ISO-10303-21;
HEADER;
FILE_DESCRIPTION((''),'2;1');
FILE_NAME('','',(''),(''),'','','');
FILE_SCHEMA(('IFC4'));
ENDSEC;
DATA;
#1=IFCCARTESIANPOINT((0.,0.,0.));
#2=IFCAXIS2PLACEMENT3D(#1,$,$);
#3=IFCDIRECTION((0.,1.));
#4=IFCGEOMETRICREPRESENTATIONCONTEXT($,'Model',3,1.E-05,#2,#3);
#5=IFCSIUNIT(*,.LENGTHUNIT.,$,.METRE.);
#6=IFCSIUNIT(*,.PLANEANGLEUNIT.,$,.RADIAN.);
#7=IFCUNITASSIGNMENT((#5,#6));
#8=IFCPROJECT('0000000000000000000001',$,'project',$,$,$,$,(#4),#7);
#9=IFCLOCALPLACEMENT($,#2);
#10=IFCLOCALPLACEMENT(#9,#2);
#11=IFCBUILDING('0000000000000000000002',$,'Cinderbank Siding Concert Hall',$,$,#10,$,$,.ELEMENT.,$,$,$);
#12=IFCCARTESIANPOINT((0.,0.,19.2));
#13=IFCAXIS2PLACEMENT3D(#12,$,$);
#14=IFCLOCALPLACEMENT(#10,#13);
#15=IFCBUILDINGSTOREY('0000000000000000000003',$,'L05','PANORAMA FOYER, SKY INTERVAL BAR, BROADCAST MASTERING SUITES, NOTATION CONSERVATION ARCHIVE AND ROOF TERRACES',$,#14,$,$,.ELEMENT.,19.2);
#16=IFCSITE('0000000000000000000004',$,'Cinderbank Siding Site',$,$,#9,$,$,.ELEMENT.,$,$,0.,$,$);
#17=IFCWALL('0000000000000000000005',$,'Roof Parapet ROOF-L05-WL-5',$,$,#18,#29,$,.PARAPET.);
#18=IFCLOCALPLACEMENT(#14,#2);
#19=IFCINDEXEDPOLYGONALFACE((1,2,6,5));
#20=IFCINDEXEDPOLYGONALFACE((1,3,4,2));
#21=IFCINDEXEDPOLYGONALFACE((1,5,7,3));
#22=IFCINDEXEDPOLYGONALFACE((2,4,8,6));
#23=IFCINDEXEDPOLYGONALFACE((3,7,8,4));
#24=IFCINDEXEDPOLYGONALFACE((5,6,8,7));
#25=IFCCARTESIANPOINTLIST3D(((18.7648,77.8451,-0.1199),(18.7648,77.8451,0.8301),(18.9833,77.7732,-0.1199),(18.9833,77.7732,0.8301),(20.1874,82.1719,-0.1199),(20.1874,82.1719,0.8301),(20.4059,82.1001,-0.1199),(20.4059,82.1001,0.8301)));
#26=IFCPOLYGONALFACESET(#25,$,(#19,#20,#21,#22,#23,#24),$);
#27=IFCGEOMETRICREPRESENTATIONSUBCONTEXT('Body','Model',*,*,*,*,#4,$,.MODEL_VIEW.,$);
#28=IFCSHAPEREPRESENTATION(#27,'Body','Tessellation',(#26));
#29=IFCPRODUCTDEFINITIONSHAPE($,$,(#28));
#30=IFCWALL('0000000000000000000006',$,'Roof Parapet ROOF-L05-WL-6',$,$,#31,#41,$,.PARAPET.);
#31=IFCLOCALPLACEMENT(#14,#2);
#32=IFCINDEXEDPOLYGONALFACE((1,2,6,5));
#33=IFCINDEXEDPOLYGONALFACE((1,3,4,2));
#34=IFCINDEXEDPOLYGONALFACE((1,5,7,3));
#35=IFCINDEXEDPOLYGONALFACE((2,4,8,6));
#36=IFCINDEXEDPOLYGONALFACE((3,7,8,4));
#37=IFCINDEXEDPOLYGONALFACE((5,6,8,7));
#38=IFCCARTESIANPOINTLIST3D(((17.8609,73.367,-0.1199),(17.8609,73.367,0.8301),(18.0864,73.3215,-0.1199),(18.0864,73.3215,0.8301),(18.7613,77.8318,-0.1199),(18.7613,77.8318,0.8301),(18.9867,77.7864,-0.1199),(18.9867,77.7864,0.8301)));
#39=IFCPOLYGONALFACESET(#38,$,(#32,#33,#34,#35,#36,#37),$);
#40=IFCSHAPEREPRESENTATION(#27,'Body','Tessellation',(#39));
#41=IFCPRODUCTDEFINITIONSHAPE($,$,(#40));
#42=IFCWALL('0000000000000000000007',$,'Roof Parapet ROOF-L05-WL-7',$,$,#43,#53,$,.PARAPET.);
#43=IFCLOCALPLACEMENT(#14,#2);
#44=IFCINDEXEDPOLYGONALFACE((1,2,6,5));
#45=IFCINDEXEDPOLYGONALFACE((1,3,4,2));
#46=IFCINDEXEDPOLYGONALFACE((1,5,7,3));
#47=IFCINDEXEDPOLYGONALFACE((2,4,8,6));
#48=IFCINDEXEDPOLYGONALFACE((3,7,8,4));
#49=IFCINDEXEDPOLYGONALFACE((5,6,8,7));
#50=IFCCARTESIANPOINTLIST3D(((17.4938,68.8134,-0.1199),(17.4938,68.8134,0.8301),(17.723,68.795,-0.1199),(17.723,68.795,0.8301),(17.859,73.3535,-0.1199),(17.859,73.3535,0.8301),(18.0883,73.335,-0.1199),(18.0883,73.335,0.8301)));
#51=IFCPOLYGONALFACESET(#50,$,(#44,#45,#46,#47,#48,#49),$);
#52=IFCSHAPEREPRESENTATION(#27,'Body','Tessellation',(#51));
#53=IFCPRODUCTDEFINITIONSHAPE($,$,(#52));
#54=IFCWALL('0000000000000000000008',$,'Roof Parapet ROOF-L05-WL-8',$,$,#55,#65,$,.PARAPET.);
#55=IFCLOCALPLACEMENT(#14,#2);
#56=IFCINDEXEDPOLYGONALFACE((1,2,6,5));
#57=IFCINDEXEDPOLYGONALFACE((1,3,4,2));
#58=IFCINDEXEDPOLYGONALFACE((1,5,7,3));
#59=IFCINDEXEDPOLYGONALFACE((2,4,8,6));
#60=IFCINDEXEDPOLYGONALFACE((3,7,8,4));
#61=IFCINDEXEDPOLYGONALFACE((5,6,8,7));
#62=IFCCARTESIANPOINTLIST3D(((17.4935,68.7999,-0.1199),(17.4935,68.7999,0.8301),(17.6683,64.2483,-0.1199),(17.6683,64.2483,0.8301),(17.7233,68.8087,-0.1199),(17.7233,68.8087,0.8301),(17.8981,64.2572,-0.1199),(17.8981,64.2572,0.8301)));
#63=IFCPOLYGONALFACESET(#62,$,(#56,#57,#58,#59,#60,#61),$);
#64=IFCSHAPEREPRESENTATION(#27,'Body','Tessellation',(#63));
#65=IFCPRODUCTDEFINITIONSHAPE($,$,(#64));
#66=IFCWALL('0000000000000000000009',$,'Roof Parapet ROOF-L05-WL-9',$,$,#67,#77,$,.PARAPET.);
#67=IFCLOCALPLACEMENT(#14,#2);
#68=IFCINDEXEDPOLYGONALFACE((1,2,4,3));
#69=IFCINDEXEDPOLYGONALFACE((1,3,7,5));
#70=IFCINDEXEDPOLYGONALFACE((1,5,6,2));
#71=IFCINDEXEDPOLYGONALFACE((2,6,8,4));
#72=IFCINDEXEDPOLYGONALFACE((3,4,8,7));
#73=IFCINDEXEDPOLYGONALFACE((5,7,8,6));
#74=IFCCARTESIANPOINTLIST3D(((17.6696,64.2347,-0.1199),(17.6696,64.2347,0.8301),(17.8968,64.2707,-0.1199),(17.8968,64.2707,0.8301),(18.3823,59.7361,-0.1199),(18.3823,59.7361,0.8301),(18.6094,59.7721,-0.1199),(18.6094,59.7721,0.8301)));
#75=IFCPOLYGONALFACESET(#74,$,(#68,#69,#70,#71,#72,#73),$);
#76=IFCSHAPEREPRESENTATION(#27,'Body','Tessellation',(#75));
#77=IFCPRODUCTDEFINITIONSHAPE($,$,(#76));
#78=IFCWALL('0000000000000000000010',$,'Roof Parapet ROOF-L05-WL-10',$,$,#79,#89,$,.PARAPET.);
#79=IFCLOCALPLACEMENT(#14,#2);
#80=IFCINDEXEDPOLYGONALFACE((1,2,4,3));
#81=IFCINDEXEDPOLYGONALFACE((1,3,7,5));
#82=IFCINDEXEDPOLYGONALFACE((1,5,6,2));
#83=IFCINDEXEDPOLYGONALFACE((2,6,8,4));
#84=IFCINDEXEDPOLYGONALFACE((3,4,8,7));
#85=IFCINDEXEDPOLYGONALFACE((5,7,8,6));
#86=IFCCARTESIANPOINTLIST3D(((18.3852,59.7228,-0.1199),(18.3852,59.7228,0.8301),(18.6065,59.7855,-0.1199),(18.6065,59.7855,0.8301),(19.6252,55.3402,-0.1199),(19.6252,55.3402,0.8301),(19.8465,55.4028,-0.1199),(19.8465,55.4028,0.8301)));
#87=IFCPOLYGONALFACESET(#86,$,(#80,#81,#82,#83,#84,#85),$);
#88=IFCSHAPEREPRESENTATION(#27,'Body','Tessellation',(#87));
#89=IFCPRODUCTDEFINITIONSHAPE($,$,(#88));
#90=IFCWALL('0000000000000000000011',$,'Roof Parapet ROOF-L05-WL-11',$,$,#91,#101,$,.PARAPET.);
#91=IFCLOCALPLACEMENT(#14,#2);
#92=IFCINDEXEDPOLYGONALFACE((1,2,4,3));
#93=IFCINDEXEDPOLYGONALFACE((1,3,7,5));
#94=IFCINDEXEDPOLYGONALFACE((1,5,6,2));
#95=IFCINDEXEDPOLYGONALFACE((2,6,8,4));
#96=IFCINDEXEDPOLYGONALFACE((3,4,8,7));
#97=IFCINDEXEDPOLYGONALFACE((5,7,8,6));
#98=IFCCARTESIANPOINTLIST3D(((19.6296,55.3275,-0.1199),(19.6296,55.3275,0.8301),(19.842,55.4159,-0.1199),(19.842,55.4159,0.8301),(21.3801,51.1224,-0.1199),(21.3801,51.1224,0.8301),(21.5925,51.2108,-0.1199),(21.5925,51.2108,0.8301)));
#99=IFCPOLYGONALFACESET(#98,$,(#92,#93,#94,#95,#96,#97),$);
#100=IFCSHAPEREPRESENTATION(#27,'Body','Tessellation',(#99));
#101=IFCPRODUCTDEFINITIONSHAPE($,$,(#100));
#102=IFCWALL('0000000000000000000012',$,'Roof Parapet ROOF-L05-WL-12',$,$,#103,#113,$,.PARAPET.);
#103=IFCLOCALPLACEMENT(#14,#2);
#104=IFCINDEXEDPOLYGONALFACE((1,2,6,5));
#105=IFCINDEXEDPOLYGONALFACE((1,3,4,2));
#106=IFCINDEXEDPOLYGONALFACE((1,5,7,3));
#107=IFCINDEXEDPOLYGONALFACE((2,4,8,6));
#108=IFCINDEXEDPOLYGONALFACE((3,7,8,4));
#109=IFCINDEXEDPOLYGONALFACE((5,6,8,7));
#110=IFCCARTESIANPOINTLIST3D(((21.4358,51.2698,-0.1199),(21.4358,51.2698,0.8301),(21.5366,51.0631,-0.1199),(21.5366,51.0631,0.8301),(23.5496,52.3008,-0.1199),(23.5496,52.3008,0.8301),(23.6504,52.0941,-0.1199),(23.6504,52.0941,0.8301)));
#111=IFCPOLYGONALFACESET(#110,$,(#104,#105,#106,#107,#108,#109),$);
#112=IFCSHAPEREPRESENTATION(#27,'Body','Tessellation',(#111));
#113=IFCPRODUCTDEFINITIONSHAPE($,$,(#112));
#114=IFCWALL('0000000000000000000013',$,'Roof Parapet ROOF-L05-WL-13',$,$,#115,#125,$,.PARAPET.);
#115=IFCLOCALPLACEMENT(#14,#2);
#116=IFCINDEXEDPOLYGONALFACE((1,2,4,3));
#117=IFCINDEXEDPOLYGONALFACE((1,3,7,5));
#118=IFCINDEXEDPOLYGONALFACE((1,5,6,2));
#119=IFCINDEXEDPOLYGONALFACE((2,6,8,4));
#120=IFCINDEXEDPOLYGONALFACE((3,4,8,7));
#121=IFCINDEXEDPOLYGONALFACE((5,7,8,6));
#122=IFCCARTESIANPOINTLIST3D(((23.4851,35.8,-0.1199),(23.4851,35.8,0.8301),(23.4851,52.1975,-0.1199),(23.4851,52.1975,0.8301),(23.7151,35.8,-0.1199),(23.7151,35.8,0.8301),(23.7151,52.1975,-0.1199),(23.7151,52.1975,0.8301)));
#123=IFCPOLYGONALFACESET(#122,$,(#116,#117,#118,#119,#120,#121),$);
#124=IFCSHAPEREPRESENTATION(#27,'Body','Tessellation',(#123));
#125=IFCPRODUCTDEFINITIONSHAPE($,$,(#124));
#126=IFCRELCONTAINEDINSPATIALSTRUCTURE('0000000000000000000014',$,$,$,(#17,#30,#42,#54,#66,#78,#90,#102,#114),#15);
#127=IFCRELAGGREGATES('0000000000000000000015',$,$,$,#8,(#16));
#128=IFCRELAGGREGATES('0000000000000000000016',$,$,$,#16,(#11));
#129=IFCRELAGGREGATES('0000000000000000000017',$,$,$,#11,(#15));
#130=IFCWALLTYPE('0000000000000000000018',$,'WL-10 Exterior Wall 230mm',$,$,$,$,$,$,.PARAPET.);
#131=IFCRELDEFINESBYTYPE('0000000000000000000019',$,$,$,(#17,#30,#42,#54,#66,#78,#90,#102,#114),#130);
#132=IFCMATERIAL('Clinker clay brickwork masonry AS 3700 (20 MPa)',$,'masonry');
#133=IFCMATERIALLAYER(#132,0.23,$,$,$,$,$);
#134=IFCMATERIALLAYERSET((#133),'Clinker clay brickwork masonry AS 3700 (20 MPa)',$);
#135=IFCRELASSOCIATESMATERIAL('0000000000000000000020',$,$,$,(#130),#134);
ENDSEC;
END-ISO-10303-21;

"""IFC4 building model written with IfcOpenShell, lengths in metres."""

from ifc_helpers import new_model, si_unit, direction, frame, frame_2d, origin, place, context, subcontext, project, spatial, rectangle, extrude, material, layer, layer_set, type_object, element, save


model = new_model("IFC4")

# Units and contexts
model_context = context("Model", 3, precision=1e-05, world=origin(), true_north=direction((0.0, 1.0)))
body_context = subcontext(model_context, "Body", "Model", "MODEL_VIEW")
ifc_project = project(units=[si_unit("LENGTHUNIT", "METRE"), si_unit("PLANEANGLEUNIT", "RADIAN")], contexts=[model_context])

# Site, building, storey
site_placement = place(None, origin())
site = spatial("IfcSite", under=ifc_project, at=site_placement, Name="Cinderbank Siding Site", CompositionType="ELEMENT", RefElevation=0.0)
building_placement = place(site_placement, origin())
building = spatial("IfcBuilding", under=site, at=building_placement, Name="Cinderbank Siding Concert Hall", CompositionType="ELEMENT")
storey_placement = place(building_placement, frame((0.0, 0.0, 19.2)))
storey = spatial("IfcBuildingStorey", under=building, at=storey_placement, Name="L05", Description="PANORAMA FOYER, SKY INTERVAL BAR, BROADCAST MASTERING SUITES, NOTATION CONSERVATION ARCHIVE AND ROOF TERRACES", CompositionType="ELEMENT", Elevation=19.2)

# Walls
ifc_material_1 = material(Name="Clinker clay brickwork masonry AS 3700 (20 MPa)", Category="masonry")
ifc_layer = layer(ifc_material_1, 0.23)
ifc_layer_set = layer_set([ifc_layer], Name="Clinker clay brickwork masonry AS 3700 (20 MPa)")
wall_type = type_object("IfcWallType", Name="WL-10 Exterior Wall 230mm", PredefinedType="PARAPET", material=ifc_layer_set)
for number, where, z_axis, x_axis, name in (
    (1, (20.2966, 82.136, -0.1199), (0.0, 0.0, 1.0), (-0.312334, -0.949972, 0.0), "Roof Parapet ROOF-L05-WL-5"),
    (2, (18.874, 77.8091, -0.1199), (0.0, 0.0, 1.0), (-0.197683, -0.980266, 0.0), "Roof Parapet ROOF-L05-WL-6"),
    (3, (17.9736, 73.3442, -0.1199), (0.0, 0.0, 1.0), (-0.080188, -0.99678, 0.0), "Roof Parapet ROOF-L05-WL-7"),
):
    element("IfcWall", number, at=place(storey_placement, frame(where, z_axis=z_axis, x_axis=x_axis)), inside=storey, type_object=wall_type, Name=name, PredefinedType="PARAPET", context=body_context, shape_type="SweptSolid", body=[
        extrude(rectangle(XDim=4.5547, YDim=0.23, at=frame_2d((2.2773, 0.0))), origin(), (0.0, 0.0, 1.0), 0.95),
    ])
wall_1_placement = place(storey_placement, frame((17.6084, 68.8042, -0.1199), z_axis=(0.0, 0.0, 1.0), x_axis=(0.038378, -0.999263, 0.0)))
element("IfcWall", 4, at=wall_1_placement, inside=storey, type_object=wall_type, Name="Roof Parapet ROOF-L05-WL-8", PredefinedType="PARAPET", context=body_context, shape_type="SweptSolid", body=[
    extrude(rectangle(XDim=4.5549, YDim=0.23, at=frame_2d((2.2773, 0.0))), origin(), (0.0, 0.0, 1.0), 0.95),
])
for number, where, z_axis, x_axis, name in (
    (5, (17.7832, 64.2527, -0.1199), (0.0, 0.0, 1.0), (0.156466, -0.987683, 0.0), "Roof Parapet ROOF-L05-WL-9"),
    (6, (18.4958, 59.7542, -0.1199), (0.0, 0.0, 1.0), (0.272249, -0.962227, 0.0), "Roof Parapet ROOF-L05-WL-10"),
):
    element("IfcWall", number, at=place(storey_placement, frame(where, z_axis=z_axis, x_axis=x_axis)), inside=storey, type_object=wall_type, Name=name, PredefinedType="PARAPET", context=body_context, shape_type="SweptSolid", body=[
        extrude(rectangle(XDim=4.5547, YDim=0.23, at=frame_2d((2.2773, 0.0))), origin(), (0.0, 0.0, 1.0), 0.95),
    ])
wall_2_placement = place(storey_placement, frame((19.7358, 55.3716, -0.1199), z_axis=(0.0, 0.0, 1.0), x_axis=(0.384311, -0.923204, 0.0)))
element("IfcWall", 7, at=wall_2_placement, inside=storey, type_object=wall_type, Name="Roof Parapet ROOF-L05-WL-11", PredefinedType="PARAPET", context=body_context, shape_type="SweptSolid", body=[
    extrude(rectangle(XDim=4.5549, YDim=0.23, at=frame_2d((2.2773, 0.0))), origin(), (0.0, 0.0, 1.0), 0.95),
])
wall_3_placement = place(storey_placement, frame((21.4863, 51.1665, -0.1199), z_axis=(0.0, 0.0, 1.0), x_axis=(0.898785, 0.438389, 0.0)))
element("IfcWall", 8, at=wall_3_placement, inside=storey, type_object=wall_type, Name="Roof Parapet ROOF-L05-WL-12", PredefinedType="PARAPET", context=body_context, shape_type="SweptSolid", body=[
    extrude(rectangle(XDim=2.3518, YDim=0.23, at=frame_2d((1.1758, 0.0))), origin(), (0.0, 0.0, 1.0), 0.95),
])
wall_4_placement = place(storey_placement, frame((23.6001, 52.1975, -0.1199), z_axis=(0.0, 0.0, 1.0), x_axis=(0.0, -1.0, 0.0)))
element("IfcWall", 9, at=wall_4_placement, inside=storey, type_object=wall_type, Name="Roof Parapet ROOF-L05-WL-13", PredefinedType="PARAPET", context=body_context, shape_type="SweptSolid", body=[
    extrude(rectangle(XDim=16.3975, YDim=0.23, at=frame_2d((8.1987, 0.0))), origin(), (0.0, 0.0, 1.0), 0.95),
])

save(model, "model.ifc")
